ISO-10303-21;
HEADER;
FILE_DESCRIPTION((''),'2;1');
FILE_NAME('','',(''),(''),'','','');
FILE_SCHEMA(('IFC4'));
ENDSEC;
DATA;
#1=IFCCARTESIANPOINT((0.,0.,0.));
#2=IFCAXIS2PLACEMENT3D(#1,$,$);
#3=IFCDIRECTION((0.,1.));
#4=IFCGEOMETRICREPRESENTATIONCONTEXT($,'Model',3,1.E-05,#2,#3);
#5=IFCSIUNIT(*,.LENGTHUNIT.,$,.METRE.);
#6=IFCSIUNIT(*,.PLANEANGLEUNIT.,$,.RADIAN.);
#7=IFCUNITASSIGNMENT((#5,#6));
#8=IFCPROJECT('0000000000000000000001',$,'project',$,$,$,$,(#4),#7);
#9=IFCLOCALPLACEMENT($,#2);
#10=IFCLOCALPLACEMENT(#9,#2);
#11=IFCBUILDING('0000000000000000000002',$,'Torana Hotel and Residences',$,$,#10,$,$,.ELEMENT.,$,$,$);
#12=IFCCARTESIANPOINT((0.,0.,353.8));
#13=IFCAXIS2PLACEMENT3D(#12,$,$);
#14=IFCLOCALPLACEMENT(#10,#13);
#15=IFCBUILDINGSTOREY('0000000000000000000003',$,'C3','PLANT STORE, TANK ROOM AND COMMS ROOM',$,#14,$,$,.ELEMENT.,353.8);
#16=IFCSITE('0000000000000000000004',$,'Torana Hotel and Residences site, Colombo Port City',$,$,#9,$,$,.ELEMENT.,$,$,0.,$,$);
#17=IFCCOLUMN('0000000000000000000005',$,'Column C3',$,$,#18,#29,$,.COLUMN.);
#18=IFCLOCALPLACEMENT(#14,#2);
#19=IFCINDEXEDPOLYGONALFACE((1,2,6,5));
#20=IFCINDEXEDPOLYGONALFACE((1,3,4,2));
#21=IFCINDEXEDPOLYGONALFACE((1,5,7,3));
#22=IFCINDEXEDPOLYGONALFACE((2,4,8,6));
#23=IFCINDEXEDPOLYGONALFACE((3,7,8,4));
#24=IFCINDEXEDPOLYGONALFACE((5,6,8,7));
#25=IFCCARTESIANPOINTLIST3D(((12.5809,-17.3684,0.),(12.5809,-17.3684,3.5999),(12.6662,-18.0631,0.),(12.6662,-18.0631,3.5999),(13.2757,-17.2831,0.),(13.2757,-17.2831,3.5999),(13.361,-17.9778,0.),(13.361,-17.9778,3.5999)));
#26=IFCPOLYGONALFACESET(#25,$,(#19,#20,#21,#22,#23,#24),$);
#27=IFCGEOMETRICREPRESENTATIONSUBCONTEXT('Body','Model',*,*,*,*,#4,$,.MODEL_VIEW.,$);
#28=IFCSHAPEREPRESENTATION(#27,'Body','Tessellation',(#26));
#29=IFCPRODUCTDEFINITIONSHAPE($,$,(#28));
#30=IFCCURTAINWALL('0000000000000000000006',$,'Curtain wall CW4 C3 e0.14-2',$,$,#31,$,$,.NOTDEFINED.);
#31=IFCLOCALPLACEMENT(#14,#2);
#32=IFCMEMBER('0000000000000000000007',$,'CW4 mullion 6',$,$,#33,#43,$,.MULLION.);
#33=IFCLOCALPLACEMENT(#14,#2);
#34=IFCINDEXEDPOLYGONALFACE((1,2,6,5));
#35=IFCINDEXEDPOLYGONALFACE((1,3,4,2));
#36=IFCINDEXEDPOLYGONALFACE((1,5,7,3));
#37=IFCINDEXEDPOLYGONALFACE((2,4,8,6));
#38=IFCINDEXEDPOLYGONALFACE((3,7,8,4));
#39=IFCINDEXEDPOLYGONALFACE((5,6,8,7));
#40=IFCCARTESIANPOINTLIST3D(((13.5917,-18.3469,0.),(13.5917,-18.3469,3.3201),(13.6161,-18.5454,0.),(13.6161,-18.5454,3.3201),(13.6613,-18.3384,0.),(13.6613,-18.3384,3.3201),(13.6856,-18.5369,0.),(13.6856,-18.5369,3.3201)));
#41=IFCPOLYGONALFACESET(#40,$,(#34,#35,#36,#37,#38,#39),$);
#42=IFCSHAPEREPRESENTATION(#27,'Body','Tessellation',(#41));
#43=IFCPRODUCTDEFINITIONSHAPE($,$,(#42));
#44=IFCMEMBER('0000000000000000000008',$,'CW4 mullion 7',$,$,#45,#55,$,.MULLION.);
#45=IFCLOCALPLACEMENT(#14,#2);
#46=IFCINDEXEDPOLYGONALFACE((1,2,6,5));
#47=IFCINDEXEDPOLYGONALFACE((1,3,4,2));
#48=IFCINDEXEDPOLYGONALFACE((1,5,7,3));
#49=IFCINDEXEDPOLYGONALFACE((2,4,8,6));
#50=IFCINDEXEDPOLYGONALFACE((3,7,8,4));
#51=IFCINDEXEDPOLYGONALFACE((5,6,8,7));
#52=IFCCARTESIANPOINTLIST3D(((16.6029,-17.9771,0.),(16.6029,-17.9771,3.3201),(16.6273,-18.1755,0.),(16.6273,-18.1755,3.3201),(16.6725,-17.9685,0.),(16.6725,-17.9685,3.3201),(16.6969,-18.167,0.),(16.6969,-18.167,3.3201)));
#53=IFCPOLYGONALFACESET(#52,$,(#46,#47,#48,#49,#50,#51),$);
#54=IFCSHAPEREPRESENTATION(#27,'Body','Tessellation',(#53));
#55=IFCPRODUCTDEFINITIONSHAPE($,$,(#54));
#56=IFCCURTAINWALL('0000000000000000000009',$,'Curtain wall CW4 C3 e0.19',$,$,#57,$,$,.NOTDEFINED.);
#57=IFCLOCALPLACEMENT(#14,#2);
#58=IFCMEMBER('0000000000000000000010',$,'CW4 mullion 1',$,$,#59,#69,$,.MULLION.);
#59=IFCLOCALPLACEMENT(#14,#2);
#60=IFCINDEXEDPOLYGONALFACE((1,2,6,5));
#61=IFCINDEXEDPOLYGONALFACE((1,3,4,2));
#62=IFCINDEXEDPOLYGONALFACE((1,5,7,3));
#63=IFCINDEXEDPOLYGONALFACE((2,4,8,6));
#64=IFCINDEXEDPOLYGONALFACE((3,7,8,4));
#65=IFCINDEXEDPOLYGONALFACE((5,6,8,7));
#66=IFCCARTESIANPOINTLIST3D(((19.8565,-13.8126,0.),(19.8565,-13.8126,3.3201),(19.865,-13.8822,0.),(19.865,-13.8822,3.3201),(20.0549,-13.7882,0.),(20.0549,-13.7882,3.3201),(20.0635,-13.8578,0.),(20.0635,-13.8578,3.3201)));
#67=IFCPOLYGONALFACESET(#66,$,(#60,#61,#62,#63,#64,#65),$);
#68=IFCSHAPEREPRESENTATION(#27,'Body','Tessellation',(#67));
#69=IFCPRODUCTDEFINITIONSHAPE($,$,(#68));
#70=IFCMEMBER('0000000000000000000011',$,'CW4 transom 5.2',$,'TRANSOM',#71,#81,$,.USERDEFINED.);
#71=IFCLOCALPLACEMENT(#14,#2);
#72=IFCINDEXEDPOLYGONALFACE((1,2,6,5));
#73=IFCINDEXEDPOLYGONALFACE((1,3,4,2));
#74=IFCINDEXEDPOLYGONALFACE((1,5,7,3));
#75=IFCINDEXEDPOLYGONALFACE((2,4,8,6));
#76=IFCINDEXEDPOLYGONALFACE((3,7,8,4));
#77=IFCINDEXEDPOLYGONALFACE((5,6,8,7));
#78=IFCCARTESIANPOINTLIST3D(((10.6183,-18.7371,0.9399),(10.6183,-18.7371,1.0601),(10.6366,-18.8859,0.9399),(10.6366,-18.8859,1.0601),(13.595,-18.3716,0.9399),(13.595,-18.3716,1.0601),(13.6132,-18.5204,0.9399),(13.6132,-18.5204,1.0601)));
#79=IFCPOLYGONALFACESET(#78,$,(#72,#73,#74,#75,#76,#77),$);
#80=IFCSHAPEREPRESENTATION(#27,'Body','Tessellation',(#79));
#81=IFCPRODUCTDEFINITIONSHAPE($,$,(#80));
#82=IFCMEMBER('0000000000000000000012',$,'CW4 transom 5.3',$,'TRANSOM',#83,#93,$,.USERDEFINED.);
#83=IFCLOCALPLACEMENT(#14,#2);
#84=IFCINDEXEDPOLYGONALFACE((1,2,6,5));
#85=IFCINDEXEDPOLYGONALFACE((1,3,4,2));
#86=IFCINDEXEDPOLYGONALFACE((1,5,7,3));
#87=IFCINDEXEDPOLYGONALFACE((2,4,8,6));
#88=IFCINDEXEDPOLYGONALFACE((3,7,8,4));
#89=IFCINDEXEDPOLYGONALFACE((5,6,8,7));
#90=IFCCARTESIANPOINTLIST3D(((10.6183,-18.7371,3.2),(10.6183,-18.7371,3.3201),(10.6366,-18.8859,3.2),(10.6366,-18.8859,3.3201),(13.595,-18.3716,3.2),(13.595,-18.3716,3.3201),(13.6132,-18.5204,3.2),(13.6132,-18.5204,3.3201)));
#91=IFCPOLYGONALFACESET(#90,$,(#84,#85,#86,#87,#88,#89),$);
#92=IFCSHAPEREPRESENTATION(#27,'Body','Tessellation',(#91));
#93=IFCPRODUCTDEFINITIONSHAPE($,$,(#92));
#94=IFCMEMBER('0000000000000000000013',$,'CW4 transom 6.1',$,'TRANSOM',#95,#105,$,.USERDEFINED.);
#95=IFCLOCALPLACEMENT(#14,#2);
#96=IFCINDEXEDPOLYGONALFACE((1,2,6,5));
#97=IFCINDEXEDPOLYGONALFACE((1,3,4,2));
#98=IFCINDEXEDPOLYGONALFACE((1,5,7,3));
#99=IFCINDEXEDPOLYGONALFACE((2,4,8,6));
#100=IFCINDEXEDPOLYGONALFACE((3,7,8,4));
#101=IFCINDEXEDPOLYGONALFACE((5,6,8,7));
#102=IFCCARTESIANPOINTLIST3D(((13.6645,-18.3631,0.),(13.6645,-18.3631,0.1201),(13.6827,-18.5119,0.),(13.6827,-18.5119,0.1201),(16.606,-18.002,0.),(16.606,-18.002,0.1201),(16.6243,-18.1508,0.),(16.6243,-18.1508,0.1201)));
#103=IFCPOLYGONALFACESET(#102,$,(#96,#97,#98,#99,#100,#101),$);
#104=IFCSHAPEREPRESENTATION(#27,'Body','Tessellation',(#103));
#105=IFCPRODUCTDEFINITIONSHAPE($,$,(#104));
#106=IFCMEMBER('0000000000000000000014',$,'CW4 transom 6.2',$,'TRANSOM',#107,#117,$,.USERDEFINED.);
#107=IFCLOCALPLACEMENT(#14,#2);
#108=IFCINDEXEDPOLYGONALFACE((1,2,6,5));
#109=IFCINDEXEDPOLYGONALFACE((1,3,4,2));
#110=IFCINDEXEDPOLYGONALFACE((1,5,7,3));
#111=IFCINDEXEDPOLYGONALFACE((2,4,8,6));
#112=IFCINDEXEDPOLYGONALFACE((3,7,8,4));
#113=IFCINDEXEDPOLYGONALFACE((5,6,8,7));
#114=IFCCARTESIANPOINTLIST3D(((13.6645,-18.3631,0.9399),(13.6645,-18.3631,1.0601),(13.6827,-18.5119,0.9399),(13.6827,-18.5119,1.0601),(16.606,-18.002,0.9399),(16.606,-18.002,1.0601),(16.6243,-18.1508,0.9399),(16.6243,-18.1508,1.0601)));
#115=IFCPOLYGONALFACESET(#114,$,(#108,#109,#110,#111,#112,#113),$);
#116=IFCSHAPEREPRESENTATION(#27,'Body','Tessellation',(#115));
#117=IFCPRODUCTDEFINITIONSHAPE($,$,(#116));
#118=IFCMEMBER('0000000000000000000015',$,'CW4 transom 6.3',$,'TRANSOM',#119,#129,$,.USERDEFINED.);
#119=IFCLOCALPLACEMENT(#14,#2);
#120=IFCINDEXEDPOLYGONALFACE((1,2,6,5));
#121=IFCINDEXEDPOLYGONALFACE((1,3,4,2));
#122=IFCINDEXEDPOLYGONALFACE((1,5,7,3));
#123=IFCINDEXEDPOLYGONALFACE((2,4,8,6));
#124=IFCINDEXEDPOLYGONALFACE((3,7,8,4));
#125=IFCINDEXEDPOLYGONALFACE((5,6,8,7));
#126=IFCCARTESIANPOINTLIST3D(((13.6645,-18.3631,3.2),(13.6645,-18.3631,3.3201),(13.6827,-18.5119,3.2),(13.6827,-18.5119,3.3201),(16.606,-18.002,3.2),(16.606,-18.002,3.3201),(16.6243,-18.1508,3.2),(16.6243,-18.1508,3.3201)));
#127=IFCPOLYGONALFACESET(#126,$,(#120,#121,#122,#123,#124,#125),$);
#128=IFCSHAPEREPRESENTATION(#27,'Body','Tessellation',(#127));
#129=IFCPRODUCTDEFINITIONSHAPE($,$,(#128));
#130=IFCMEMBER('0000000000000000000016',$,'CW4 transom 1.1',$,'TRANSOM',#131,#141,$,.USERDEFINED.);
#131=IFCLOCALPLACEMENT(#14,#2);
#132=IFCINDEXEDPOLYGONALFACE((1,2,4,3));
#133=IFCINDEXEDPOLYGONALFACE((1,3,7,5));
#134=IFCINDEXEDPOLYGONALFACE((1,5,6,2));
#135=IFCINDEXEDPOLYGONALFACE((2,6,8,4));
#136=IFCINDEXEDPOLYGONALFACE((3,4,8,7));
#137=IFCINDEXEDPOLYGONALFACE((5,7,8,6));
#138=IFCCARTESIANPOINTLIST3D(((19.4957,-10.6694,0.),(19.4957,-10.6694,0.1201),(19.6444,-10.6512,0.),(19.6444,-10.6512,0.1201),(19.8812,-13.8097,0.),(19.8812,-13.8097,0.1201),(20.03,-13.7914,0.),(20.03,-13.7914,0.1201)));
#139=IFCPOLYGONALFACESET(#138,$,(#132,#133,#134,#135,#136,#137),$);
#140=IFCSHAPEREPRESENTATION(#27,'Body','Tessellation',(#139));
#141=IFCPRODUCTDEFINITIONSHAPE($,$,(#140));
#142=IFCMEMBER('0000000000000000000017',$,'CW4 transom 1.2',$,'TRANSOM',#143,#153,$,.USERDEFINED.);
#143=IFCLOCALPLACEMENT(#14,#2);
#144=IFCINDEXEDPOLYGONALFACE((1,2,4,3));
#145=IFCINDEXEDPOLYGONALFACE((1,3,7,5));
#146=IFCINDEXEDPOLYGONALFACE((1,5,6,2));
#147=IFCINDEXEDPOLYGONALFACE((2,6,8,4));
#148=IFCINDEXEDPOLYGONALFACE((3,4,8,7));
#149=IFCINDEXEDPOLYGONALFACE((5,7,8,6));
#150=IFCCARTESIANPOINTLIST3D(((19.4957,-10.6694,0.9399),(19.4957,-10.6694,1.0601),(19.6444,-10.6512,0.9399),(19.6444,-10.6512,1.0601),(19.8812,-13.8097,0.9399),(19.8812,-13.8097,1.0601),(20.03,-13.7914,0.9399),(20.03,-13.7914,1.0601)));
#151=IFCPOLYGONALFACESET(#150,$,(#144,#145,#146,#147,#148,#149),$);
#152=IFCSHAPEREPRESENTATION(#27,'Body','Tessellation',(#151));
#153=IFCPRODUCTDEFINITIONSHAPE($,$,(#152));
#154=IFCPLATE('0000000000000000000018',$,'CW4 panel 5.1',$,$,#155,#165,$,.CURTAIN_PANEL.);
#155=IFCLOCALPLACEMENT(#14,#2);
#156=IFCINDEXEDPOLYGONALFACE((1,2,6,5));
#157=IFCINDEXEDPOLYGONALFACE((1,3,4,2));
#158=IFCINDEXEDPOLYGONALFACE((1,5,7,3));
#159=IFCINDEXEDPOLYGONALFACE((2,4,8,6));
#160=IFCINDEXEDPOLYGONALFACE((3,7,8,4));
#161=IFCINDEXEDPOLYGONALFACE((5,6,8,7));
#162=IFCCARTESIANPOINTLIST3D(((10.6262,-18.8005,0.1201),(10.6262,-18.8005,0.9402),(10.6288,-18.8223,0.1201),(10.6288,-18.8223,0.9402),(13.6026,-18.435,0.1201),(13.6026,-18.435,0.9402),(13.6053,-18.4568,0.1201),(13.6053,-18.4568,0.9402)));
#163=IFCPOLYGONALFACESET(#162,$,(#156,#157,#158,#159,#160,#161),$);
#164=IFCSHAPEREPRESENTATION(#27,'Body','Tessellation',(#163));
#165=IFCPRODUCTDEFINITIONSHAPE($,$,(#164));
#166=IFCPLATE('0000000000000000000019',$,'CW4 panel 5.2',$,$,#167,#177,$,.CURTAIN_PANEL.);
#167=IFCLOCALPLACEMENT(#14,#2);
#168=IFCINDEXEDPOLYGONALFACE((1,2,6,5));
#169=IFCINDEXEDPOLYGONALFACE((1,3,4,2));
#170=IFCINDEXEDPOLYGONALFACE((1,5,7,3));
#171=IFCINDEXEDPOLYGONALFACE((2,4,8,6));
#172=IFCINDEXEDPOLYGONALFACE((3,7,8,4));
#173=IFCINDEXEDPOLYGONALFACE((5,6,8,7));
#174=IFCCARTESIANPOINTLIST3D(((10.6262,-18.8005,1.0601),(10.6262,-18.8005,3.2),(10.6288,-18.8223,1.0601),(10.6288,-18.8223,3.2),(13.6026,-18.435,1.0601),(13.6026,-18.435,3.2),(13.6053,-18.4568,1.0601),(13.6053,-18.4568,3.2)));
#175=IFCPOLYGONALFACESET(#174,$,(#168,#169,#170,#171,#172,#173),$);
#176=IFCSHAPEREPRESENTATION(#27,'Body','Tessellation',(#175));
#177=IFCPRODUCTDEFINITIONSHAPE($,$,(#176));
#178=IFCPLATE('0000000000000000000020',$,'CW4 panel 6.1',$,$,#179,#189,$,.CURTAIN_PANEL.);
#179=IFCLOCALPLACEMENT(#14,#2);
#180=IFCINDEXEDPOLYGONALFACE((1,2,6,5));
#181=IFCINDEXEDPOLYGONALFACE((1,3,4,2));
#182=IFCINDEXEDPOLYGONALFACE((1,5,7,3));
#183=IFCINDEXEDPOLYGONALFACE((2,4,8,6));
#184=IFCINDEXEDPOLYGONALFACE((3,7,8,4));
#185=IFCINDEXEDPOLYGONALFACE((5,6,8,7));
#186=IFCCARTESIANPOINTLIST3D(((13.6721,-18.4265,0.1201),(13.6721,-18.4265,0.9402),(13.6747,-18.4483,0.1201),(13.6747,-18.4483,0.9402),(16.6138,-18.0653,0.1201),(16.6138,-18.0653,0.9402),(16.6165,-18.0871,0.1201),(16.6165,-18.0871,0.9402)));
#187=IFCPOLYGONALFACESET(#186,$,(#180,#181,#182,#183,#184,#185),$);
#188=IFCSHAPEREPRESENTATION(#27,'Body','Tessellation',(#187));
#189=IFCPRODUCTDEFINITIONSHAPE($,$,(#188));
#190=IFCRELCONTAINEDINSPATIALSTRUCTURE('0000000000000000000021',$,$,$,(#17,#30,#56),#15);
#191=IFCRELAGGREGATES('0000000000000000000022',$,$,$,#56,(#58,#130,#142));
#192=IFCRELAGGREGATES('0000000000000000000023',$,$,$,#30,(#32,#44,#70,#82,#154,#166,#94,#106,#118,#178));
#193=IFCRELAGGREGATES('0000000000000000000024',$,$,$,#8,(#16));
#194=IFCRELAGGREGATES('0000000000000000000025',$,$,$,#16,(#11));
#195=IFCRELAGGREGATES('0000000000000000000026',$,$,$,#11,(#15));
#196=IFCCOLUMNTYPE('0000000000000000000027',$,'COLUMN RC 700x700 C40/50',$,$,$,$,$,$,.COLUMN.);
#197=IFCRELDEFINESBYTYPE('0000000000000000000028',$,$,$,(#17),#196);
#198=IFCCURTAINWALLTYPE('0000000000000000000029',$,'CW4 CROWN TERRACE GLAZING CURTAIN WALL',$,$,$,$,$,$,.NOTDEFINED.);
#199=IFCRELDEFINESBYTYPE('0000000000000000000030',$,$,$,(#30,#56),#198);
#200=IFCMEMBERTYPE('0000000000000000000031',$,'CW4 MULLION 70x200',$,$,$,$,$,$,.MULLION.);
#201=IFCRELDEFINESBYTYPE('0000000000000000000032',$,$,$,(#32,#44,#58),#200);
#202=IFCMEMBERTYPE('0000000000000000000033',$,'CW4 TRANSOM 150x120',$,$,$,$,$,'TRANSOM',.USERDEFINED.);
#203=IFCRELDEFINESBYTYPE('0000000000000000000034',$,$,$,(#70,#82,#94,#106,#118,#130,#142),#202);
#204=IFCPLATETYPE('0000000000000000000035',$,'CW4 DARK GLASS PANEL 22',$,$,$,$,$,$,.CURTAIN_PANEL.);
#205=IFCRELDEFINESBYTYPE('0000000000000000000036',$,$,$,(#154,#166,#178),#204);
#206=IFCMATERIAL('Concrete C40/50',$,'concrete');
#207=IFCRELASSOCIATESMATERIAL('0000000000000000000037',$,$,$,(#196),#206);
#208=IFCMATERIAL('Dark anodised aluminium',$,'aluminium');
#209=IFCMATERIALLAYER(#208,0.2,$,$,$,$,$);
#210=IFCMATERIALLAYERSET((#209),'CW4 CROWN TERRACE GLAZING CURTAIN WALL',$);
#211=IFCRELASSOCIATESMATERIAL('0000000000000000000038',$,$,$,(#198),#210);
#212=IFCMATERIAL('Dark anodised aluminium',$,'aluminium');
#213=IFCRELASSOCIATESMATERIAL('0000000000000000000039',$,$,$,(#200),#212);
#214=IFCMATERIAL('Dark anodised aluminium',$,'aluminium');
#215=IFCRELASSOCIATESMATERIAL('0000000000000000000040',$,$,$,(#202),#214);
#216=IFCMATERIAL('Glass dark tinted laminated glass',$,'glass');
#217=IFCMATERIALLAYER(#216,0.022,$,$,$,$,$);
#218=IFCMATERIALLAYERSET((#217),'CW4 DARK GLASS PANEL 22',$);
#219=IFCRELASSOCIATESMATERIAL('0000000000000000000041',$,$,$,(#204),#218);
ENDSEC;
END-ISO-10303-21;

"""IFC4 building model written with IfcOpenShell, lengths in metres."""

from ifc_helpers import new_model, si_unit, direction, frame, origin, origin_2d, place, context, subcontext, project, spatial, rectangle, extrude, material, layer, layer_set, material_profile, profile_set, type_object, element, aggregate, save


model = new_model("IFC4")

# Units and contexts
model_context = context("Model", 3, precision=1e-05, world=origin(), true_north=direction((0.0, 1.0)))
body_context = subcontext(model_context, "Body", "Model", "MODEL_VIEW")
ifc_project = project(units=[si_unit("LENGTHUNIT", "METRE"), si_unit("PLANEANGLEUNIT", "RADIAN")], contexts=[model_context])

# Site, building, storey
site_placement = place(None, origin())
site = spatial("IfcSite", under=ifc_project, at=site_placement, Name="Torana Hotel and Residences site, Colombo Port City", CompositionType="ELEMENT", RefElevation=0.0)
building_placement = place(site_placement, origin())
building = spatial("IfcBuilding", under=site, at=building_placement, Name="Torana Hotel and Residences", CompositionType="ELEMENT")
storey_placement = place(building_placement, frame((0.0, 0.0, 353.8)))
storey = spatial("IfcBuildingStorey", under=building, at=storey_placement, Name="C3", Description="PLANT STORE, TANK ROOM AND COMMS ROOM", CompositionType="ELEMENT", Elevation=353.8)

# Column
ifc_material_1 = material(Name="Concrete C40/50", Category="concrete")
ifc_material_profile_1 = material_profile(ifc_material_1, rectangle(XDim=0.7, YDim=0.7, at=origin_2d()), Name="RC 700x700")
ifc_profile_set_1 = profile_set([ifc_material_profile_1], Name="Concrete C40/50")
column_type = type_object("IfcColumnType", Name="COLUMN RC 700x700 C40/50", PredefinedType="COLUMN", material=ifc_profile_set_1)
column_placement = place(storey_placement, frame((12.9709, -17.6731, 0.0), z_axis=(0.0, 0.0, 1.0), x_axis=(0.992546, 0.121869, 0.0)))
element("IfcColumn", 1, at=column_placement, inside=storey, type_object=column_type, Name="Column C3", PredefinedType="COLUMN", context=body_context, shape_type="SweptSolid", body=[
    extrude(rectangle(XDim=0.7, YDim=0.7, at=origin_2d()), origin(), (0.0, 0.0, 1.0), 3.5999),
])

# Curtain wall, members
ifc_material_2 = material(Name="Dark anodised aluminium", Category="aluminium")
ifc_layer_1 = layer(ifc_material_2, 0.2)
ifc_layer_set_1 = layer_set([ifc_layer_1], Name="CW4 CROWN TERRACE GLAZING CURTAIN WALL")
curtain_wall_type = type_object("IfcCurtainWallType", Name="CW4 CROWN TERRACE GLAZING CURTAIN WALL", PredefinedType="NOTDEFINED", material=ifc_layer_set_1)
curtain_wall_1_placement = place(storey_placement, origin())
curtain_wall_1 = element("IfcCurtainWall", 2, at=curtain_wall_1_placement, inside=storey, type_object=curtain_wall_type, Name="Curtain wall CW4 C3 e0.14-2", PredefinedType="NOTDEFINED")
ifc_material_3 = material(Name="Dark anodised aluminium", Category="aluminium")
ifc_material_profile_2 = material_profile(ifc_material_3, rectangle(XDim=0.2, YDim=0.0701, at=origin_2d()), Name="CW4 MULLION 70x200")
ifc_profile_set_2 = profile_set([ifc_material_profile_2], Name="Dark anodised aluminium")
member_type_1 = type_object("IfcMemberType", Name="CW4 MULLION 70x200", PredefinedType="MULLION", material=ifc_profile_set_2)
member_1_placement = place(storey_placement, frame((13.6387, -18.4419, 0.0), z_axis=(0.0, 0.0, 1.0), x_axis=(-0.121865, 0.992547, 0.0)))
member_1 = element("IfcMember", 3, at=member_1_placement, type_object=member_type_1, Name="CW4 mullion 6", PredefinedType="MULLION", context=body_context, shape_type="SweptSolid", body=[
    extrude(rectangle(XDim=0.2, YDim=0.0701, at=origin_2d()), origin(), (0.0, 0.0, 1.0), 3.3201),
])
member_2_placement = place(storey_placement, frame((16.6499, -18.072, 0.0), z_axis=(0.0, 0.0, 1.0), x_axis=(-0.121865, 0.992547, 0.0)))
member_2 = element("IfcMember", 4, at=member_2_placement, type_object=member_type_1, Name="CW4 mullion 7", PredefinedType="MULLION", context=body_context, shape_type="SweptSolid", body=[
    extrude(rectangle(XDim=0.2, YDim=0.0701, at=origin_2d()), origin(), (0.0, 0.0, 1.0), 3.3201),
])

# Curtain wall, member
curtain_wall_2_placement = place(storey_placement, origin())
curtain_wall_2 = element("IfcCurtainWall", 5, at=curtain_wall_2_placement, inside=storey, type_object=curtain_wall_type, Name="Curtain wall CW4 C3 e0.19", PredefinedType="NOTDEFINED")
member_3_placement = place(storey_placement, frame((19.96, -13.8352, 0.0), z_axis=(0.0, 0.0, 1.0), x_axis=(-0.992546, -0.121867, 0.0)))
member_3 = element("IfcMember", 6, at=member_3_placement, type_object=member_type_1, Name="CW4 mullion 1", PredefinedType="MULLION", context=body_context, shape_type="SweptSolid", body=[
    extrude(rectangle(XDim=0.2, YDim=0.0701, at=origin_2d()), origin(), (0.0, 0.0, 1.0), 3.3201),
])

# Members
ifc_material_4 = material(Name="Dark anodised aluminium", Category="aluminium")
ifc_material_profile_3 = material_profile(ifc_material_4, rectangle(XDim=0.1499, YDim=0.1201, at=origin_2d()), Name="CW4 TRANSOM 150x120")
ifc_profile_set_3 = profile_set([ifc_material_profile_3], Name="Dark anodised aluminium")
member_type_2 = type_object("IfcMemberType", Name="CW4 TRANSOM 150x120", ElementType="TRANSOM", PredefinedType="USERDEFINED", material=ifc_profile_set_3)
member_4_placement = place(storey_placement, frame((10.6274, -18.8115, 1.0), z_axis=(0.992546, 0.12187, 0.0), x_axis=(-0.12187, 0.992546, 0.0)))
member_4 = element("IfcMember", 7, at=member_4_placement, type_object=member_type_2, Name="CW4 transom 5.2", ObjectType="TRANSOM", PredefinedType="USERDEFINED", context=body_context, shape_type="SweptSolid", body=[
    extrude(rectangle(XDim=0.1499, YDim=0.1201, at=origin_2d()), origin(), (0.0, 0.0, 1.0), 2.999),
])
member_5_placement = place(storey_placement, frame((10.6274, -18.8115, 3.26), z_axis=(0.992546, 0.12187, 0.0), x_axis=(-0.12187, 0.992546, 0.0)))
member_5 = element("IfcMember", 8, at=member_5_placement, type_object=member_type_2, Name="CW4 transom 5.3", ObjectType="TRANSOM", PredefinedType="USERDEFINED", context=body_context, shape_type="SweptSolid", body=[
    extrude(rectangle(XDim=0.1499, YDim=0.1201, at=origin_2d()), origin(), (0.0, 0.0, 1.0), 2.999),
])
member_6_placement = place(storey_placement, frame((13.6736, -18.4375, 0.0601), z_axis=(0.99255, 0.121834, 0.0), x_axis=(-0.121834, 0.99255, 0.0)))
member_6 = element("IfcMember", 9, at=member_6_placement, type_object=member_type_2, Name="CW4 transom 6.1", ObjectType="TRANSOM", PredefinedType="USERDEFINED", context=body_context, shape_type="SweptSolid", body=[
    extrude(rectangle(XDim=0.1499, YDim=0.1201, at=origin_2d()), origin(), (0.0, 0.0, 1.0), 2.9636),
])
member_7_placement = place(storey_placement, frame((13.6736, -18.4375, 1.0), z_axis=(0.99255, 0.121834, 0.0), x_axis=(-0.121834, 0.99255, 0.0)))
member_7 = element("IfcMember", 10, at=member_7_placement, type_object=member_type_2, Name="CW4 transom 6.2", ObjectType="TRANSOM", PredefinedType="USERDEFINED", context=body_context, shape_type="SweptSolid", body=[
    extrude(rectangle(XDim=0.1499, YDim=0.1201, at=origin_2d()), origin(), (0.0, 0.0, 1.0), 2.9636),
])
member_8_placement = place(storey_placement, frame((13.6736, -18.4375, 3.26), z_axis=(0.99255, 0.121834, 0.0), x_axis=(-0.121834, 0.99255, 0.0)))
member_8 = element("IfcMember", 11, at=member_8_placement, type_object=member_type_2, Name="CW4 transom 6.3", ObjectType="TRANSOM", PredefinedType="USERDEFINED", context=body_context, shape_type="SweptSolid", body=[
    extrude(rectangle(XDim=0.1499, YDim=0.1201, at=origin_2d()), origin(), (0.0, 0.0, 1.0), 2.9636),
])
member_9_placement = place(storey_placement, frame((19.9556, -13.8005, 0.0601), z_axis=(-0.12185, 0.992549, 0.0), x_axis=(-0.992549, -0.12185, 0.0)))
member_9 = element("IfcMember", 12, at=member_9_placement, type_object=member_type_2, Name="CW4 transom 1.1", ObjectType="TRANSOM", PredefinedType="USERDEFINED", context=body_context, shape_type="SweptSolid", body=[
    extrude(rectangle(XDim=0.1499, YDim=0.1201, at=origin_2d()), origin(), (0.0, 0.0, 1.0), 3.1638),
])
member_10_placement = place(storey_placement, frame((19.9556, -13.8005, 1.0), z_axis=(-0.12185, 0.992549, 0.0), x_axis=(-0.992549, -0.12185, 0.0)))
member_10 = element("IfcMember", 13, at=member_10_placement, type_object=member_type_2, Name="CW4 transom 1.2", ObjectType="TRANSOM", PredefinedType="USERDEFINED", context=body_context, shape_type="SweptSolid", body=[
    extrude(rectangle(XDim=0.1499, YDim=0.1201, at=origin_2d()), origin(), (0.0, 0.0, 1.0), 3.1638),
])
aggregate(curtain_wall_2, [member_3, member_9, member_10])

# Plates
ifc_material_5 = material(Name="Glass dark tinted laminated glass", Category="glass")
ifc_layer_2 = layer(ifc_material_5, 0.022)
ifc_layer_set_2 = layer_set([ifc_layer_2], Name="CW4 DARK GLASS PANEL 22")
plate_type = type_object("IfcPlateType", Name="CW4 DARK GLASS PANEL 22", PredefinedType="CURTAIN_PANEL", material=ifc_layer_set_2)
plate_1_placement = place(storey_placement, frame((12.1157, -18.6287, 0.1201), z_axis=(0.0, 0.0, 1.0), x_axis=(0.992547, 0.121865, 0.0)))
plate_1 = element("IfcPlate", 14, at=plate_1_placement, type_object=plate_type, Name="CW4 panel 5.1", PredefinedType="CURTAIN_PANEL", context=body_context, shape_type="SweptSolid", body=[
    extrude(rectangle(XDim=2.9988, YDim=0.022, at=origin_2d()), origin(), (0.0, 0.0, 1.0), 0.8201),
])
plate_2_placement = place(storey_placement, frame((12.1157, -18.6287, 1.0601), z_axis=(0.0, 0.0, 1.0), x_axis=(0.992547, 0.121865, 0.0)))
plate_2 = element("IfcPlate", 15, at=plate_2_placement, type_object=plate_type, Name="CW4 panel 5.2", PredefinedType="CURTAIN_PANEL", context=body_context, shape_type="SweptSolid", body=[
    extrude(rectangle(XDim=2.9988, YDim=0.022, at=origin_2d()), origin(), (0.0, 0.0, 1.0), 2.1399),
])
plate_3_placement = place(storey_placement, frame((15.1443, -18.2568, 0.1201), z_axis=(0.0, 0.0, 1.0), x_axis=(0.992547, 0.121865, 0.0)))
plate_3 = element("IfcPlate", 16, at=plate_3_placement, type_object=plate_type, Name="CW4 panel 6.1", PredefinedType="CURTAIN_PANEL", context=body_context, shape_type="SweptSolid", body=[
    extrude(rectangle(XDim=2.9639, YDim=0.022, at=origin_2d()), origin(), (0.0, 0.0, 1.0), 0.8201),
])
aggregate(curtain_wall_1, [member_1, member_2, member_4, member_5, plate_1, plate_2, member_6, member_7, member_8, plate_3])

save(model, "model.ifc")
